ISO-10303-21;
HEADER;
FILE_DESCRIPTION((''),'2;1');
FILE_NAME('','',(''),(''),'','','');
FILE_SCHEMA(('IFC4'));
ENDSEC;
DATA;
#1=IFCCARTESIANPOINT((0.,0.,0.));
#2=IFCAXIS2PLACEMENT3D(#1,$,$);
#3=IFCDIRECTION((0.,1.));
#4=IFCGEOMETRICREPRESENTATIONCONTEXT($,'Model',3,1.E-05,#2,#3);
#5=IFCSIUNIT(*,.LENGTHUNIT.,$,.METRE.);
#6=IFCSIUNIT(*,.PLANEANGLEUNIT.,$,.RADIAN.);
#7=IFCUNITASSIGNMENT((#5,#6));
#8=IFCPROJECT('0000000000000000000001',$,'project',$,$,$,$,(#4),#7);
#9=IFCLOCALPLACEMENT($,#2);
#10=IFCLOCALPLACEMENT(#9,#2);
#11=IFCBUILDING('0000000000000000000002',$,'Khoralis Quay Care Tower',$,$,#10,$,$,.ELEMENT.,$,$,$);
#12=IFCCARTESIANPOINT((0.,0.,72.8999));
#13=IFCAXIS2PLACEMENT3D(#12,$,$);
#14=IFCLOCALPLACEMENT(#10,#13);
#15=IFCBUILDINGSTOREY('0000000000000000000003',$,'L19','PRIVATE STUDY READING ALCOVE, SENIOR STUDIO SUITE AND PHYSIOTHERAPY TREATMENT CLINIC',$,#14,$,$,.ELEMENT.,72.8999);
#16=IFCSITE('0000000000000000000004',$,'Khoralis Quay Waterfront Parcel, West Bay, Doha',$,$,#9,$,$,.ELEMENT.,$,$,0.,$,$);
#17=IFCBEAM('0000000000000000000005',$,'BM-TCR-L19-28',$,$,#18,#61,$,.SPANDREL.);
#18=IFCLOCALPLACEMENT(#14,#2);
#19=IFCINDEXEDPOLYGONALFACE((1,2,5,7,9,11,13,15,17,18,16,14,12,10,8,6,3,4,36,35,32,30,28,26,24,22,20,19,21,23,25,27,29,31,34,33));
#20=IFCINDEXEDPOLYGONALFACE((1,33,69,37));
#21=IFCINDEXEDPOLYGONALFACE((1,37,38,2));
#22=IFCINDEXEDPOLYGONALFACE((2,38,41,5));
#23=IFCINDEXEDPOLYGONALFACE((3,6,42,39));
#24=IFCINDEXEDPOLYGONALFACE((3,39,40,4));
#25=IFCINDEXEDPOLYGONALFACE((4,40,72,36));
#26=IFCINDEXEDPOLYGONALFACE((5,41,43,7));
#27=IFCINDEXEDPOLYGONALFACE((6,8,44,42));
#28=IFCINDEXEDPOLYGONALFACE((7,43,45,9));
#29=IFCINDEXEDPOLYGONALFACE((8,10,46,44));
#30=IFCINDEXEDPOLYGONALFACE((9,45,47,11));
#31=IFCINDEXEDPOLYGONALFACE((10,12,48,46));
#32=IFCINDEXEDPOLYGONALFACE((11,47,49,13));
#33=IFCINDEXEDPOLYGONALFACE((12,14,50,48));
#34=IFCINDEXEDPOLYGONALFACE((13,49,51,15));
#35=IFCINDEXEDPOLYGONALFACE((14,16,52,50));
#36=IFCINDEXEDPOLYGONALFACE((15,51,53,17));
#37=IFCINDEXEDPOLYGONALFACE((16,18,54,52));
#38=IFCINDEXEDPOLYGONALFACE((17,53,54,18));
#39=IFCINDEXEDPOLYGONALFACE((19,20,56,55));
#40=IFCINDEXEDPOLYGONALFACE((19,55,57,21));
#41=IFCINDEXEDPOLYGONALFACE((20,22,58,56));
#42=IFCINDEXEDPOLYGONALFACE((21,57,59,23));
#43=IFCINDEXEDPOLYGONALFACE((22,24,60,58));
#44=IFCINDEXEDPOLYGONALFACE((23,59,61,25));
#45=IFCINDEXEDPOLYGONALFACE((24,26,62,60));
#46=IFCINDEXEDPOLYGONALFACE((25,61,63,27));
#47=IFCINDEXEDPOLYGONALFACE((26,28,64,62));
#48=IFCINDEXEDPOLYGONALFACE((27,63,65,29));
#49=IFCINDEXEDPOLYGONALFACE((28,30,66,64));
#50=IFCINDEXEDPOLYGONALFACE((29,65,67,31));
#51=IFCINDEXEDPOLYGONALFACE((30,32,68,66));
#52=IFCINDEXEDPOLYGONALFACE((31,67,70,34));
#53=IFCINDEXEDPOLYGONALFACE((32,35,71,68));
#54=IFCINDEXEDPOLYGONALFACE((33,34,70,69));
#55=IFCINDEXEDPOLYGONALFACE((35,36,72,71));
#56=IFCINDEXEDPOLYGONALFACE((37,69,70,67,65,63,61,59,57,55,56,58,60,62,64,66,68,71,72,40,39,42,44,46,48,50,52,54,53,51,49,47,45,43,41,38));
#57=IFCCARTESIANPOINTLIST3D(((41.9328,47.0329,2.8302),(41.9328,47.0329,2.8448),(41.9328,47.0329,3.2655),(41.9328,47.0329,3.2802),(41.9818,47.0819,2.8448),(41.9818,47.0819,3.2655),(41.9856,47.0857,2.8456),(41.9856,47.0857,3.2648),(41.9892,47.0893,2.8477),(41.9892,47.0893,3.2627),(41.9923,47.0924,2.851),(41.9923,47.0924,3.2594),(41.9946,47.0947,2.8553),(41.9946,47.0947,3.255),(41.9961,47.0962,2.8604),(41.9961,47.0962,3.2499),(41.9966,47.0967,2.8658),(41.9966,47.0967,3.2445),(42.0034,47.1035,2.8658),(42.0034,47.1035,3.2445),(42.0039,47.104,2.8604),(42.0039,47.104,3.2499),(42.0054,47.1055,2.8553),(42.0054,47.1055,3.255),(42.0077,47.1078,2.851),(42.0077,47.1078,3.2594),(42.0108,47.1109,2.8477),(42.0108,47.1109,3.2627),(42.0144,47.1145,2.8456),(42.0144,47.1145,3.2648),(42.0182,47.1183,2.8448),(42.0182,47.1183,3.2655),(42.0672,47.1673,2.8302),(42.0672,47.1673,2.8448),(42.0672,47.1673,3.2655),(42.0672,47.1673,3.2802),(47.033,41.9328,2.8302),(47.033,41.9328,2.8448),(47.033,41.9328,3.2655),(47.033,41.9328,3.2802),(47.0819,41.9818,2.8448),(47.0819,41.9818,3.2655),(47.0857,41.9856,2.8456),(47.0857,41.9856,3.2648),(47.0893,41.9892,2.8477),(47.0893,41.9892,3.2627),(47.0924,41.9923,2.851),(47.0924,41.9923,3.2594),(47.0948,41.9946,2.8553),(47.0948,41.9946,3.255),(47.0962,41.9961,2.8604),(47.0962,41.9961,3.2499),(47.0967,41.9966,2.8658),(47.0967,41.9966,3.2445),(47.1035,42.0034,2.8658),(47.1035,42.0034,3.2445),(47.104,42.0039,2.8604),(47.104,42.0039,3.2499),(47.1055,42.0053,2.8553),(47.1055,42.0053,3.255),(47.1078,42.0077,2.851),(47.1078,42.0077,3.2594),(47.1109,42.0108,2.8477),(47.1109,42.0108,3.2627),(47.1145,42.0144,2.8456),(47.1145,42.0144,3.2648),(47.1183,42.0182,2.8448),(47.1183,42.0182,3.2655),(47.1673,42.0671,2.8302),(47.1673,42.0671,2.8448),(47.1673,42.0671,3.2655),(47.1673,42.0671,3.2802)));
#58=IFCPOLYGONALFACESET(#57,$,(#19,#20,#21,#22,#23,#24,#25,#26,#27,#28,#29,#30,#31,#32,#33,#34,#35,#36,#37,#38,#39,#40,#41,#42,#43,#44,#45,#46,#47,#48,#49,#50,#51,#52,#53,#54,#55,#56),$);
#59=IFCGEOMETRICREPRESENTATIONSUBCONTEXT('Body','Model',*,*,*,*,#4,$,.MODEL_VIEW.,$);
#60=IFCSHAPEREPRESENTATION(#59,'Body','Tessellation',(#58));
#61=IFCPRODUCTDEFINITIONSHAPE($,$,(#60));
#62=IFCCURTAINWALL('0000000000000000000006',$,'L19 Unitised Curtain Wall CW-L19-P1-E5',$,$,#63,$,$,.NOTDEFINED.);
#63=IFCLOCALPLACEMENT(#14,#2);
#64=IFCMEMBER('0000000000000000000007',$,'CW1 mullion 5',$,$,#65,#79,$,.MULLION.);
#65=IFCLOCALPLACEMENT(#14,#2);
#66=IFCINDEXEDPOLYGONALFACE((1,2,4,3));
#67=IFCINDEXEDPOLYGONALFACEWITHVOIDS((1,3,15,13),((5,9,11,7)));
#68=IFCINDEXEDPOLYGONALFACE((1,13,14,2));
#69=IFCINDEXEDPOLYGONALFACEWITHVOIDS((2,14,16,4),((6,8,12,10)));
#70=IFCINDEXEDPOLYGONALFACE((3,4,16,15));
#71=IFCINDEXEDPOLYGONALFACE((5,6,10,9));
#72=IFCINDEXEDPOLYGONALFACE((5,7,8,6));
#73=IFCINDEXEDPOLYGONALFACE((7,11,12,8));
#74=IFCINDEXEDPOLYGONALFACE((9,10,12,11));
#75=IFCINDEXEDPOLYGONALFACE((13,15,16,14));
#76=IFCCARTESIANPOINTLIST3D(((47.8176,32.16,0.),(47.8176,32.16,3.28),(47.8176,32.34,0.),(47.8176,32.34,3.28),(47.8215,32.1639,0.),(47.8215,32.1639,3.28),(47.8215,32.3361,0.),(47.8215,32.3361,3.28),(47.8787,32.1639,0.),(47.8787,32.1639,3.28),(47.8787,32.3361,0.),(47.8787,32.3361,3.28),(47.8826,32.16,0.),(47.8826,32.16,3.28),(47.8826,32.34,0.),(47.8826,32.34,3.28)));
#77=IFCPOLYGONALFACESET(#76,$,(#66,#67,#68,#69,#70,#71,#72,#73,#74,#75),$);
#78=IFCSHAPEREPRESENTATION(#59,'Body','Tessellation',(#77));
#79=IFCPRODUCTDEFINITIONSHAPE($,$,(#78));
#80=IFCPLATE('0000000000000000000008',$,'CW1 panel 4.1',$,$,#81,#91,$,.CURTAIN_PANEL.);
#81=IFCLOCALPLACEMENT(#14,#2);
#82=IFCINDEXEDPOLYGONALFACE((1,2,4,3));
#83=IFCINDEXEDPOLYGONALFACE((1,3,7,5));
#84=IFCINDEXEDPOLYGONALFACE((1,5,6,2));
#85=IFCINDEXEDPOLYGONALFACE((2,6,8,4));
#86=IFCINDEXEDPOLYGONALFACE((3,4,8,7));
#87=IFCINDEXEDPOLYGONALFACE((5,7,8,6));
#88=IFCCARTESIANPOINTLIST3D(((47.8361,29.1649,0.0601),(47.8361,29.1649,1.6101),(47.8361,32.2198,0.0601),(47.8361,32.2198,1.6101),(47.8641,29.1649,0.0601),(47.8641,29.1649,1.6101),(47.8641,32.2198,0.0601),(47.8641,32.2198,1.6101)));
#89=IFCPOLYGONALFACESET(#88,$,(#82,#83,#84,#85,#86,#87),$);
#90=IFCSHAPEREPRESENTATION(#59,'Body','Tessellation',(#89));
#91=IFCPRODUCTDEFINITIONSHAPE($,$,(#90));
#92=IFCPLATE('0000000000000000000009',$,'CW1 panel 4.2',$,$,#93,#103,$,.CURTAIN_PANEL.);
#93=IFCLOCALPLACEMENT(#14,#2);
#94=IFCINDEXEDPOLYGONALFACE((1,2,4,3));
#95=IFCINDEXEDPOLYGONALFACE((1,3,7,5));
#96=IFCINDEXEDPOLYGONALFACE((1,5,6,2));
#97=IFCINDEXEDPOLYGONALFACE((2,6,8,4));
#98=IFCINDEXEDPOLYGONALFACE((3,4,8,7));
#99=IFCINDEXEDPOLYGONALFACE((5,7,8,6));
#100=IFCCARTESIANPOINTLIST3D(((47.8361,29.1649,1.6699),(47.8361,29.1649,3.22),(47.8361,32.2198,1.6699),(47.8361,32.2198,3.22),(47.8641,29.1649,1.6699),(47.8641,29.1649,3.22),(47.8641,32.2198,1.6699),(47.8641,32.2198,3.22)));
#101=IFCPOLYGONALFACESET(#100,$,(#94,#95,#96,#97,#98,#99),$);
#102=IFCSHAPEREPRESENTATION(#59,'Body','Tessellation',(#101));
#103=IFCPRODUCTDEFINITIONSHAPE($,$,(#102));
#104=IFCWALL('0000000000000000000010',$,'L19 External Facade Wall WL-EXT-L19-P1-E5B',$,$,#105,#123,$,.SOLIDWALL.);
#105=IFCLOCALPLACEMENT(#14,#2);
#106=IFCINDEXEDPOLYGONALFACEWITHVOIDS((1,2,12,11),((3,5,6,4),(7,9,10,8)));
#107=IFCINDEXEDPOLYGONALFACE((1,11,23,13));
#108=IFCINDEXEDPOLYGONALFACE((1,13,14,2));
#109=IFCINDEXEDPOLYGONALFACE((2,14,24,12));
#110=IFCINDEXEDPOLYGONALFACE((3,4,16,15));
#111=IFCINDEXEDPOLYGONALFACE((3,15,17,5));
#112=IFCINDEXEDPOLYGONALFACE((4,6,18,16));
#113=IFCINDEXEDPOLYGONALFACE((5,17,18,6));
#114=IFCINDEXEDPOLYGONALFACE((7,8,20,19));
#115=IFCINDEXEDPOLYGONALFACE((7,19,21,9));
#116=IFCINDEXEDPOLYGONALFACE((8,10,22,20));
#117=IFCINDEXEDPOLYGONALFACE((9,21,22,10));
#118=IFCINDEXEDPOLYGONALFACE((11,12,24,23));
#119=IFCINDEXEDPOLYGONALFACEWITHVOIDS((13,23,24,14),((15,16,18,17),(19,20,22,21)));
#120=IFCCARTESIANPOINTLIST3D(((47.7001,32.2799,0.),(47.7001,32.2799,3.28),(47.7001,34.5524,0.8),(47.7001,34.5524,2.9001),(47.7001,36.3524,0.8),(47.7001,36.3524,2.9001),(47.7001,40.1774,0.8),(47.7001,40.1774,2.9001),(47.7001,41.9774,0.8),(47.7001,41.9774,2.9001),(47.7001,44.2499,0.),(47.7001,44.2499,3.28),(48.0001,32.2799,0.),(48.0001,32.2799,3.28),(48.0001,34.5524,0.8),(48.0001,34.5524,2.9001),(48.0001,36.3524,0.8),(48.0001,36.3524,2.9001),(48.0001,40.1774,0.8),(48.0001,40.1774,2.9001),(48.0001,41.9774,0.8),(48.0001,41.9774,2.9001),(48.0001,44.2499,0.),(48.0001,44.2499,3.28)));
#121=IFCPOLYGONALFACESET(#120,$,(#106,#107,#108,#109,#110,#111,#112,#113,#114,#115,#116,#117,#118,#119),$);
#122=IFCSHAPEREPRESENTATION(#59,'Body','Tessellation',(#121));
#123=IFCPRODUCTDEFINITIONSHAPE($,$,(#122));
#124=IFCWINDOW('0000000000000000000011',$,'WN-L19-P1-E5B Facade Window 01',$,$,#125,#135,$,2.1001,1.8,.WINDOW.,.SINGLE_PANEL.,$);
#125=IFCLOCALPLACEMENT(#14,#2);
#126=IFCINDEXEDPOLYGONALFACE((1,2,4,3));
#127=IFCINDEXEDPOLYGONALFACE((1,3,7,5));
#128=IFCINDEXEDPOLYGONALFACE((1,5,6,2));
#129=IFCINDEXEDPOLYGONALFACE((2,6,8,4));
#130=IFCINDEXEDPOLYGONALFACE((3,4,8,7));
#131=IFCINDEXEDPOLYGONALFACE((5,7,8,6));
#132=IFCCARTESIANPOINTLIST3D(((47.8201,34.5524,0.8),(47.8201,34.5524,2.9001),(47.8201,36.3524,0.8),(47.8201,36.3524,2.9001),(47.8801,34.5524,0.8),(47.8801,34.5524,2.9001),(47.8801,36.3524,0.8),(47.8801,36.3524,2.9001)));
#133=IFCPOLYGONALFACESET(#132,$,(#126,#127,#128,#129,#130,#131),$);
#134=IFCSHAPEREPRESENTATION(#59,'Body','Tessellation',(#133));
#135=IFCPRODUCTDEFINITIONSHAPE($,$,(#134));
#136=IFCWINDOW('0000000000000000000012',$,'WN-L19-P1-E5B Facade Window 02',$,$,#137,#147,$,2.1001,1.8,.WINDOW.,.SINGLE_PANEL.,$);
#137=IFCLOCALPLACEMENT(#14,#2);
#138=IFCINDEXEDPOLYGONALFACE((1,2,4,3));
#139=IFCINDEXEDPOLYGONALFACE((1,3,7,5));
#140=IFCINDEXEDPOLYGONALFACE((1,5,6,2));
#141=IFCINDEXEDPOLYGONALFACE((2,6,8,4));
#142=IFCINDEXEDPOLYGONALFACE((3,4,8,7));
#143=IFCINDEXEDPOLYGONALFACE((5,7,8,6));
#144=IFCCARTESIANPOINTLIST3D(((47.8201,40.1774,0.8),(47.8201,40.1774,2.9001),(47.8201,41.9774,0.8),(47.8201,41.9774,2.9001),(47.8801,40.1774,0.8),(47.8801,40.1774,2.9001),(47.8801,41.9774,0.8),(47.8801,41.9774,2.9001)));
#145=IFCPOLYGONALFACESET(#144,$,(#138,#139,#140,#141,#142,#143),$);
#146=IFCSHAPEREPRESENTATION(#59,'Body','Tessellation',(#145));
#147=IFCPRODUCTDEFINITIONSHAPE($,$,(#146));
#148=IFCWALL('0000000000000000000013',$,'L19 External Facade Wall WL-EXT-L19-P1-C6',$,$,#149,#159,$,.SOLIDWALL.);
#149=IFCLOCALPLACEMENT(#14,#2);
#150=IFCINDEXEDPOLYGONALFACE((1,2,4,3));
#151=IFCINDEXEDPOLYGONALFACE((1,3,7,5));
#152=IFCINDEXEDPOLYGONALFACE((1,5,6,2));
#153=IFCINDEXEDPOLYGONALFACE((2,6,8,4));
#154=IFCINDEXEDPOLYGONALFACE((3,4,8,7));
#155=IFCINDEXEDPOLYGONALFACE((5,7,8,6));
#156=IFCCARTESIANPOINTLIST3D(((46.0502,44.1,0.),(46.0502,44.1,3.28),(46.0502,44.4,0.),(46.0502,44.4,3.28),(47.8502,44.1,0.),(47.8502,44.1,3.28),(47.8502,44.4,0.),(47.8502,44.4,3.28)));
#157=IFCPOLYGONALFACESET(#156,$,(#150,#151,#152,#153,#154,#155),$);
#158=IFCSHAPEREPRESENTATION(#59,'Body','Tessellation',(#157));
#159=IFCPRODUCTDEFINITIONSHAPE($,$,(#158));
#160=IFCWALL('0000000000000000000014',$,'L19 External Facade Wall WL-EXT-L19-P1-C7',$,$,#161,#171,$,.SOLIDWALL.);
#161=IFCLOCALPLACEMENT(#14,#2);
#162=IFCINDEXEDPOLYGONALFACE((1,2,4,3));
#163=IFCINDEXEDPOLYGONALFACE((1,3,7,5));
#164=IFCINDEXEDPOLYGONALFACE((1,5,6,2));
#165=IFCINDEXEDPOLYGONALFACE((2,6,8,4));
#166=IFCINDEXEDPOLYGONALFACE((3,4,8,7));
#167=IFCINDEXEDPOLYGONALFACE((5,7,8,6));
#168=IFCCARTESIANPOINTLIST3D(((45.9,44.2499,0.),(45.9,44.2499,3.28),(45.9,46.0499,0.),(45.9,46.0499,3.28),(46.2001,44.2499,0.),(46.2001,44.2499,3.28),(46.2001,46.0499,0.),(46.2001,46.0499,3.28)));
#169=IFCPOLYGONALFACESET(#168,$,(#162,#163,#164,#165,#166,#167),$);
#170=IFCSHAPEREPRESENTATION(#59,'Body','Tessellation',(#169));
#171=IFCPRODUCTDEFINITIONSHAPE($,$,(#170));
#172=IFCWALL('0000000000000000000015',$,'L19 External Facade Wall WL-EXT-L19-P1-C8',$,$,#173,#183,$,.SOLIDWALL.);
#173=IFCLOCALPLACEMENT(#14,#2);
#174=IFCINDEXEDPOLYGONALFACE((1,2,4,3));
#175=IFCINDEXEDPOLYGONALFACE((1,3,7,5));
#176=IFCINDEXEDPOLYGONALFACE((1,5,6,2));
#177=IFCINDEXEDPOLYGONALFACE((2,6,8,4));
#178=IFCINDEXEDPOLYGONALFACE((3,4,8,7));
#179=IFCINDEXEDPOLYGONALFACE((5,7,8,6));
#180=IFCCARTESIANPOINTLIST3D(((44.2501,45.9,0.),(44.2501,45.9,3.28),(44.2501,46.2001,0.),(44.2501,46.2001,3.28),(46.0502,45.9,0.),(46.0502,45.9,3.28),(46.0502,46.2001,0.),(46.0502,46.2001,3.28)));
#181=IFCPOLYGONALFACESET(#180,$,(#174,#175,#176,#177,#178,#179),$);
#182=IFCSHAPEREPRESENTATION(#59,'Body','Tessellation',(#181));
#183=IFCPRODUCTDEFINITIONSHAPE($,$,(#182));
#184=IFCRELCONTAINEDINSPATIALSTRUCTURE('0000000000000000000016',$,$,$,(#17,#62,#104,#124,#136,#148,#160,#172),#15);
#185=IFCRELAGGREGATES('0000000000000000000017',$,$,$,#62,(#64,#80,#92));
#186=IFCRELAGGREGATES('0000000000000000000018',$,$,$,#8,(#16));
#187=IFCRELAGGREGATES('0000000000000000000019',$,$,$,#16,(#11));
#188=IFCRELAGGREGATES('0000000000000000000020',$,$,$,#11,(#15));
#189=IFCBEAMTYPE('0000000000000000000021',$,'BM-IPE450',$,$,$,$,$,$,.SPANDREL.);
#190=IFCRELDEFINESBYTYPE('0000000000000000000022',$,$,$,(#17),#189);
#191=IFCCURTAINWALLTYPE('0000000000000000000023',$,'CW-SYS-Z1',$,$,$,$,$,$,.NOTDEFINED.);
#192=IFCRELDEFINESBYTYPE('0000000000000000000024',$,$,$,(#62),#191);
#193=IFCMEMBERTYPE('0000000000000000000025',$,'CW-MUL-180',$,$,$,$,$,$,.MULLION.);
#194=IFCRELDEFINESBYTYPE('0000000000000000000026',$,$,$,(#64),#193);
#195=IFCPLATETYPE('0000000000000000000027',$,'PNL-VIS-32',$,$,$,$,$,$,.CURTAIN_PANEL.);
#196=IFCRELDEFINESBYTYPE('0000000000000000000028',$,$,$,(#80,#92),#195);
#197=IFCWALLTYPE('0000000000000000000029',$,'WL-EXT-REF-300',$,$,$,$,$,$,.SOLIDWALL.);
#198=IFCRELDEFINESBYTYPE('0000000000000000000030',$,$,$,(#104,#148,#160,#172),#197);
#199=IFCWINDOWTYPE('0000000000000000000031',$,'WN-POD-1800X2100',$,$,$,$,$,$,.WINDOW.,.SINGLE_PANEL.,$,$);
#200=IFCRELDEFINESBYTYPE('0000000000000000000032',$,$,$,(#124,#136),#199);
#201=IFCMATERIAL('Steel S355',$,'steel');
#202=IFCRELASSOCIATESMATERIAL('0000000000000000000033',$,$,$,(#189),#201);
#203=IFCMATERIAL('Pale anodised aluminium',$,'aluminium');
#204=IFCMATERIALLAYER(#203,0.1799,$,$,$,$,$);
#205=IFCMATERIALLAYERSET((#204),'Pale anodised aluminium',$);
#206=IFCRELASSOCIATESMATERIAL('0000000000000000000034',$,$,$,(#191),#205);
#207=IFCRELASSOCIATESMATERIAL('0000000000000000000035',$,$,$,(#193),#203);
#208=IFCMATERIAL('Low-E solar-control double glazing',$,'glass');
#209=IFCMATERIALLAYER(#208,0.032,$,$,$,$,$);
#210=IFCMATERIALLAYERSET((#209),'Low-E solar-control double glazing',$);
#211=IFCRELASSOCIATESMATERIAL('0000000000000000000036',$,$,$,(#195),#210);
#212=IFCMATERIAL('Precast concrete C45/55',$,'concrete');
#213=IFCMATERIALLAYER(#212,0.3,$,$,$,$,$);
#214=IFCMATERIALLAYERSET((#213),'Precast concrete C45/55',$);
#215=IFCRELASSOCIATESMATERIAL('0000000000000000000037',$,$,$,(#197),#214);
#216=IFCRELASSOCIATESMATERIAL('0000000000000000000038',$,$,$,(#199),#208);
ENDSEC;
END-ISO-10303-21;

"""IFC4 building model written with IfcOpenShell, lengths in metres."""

from ifc_helpers import new_model, si_unit, direction, frame, frame_2d, origin, origin_2d, place, context, subcontext, project, spatial, rectangle, hollow_rectangle, i_section, extrude, source, transform, mapped, material, layer, layer_set, material_profile, profile_set, type_object, element, fill, aggregate, save


model = new_model("IFC4")

# Units and contexts
model_context = context("Model", 3, precision=1e-05, world=origin(), true_north=direction((0.0, 1.0)))
body_context = subcontext(model_context, "Body", "Model", "MODEL_VIEW")
ifc_project = project(units=[si_unit("LENGTHUNIT", "METRE"), si_unit("PLANEANGLEUNIT", "RADIAN")], contexts=[model_context])

# Site, building, storey
site_placement = place(None, origin())
site = spatial("IfcSite", under=ifc_project, at=site_placement, Name="Khoralis Quay Waterfront Parcel, West Bay, Doha", CompositionType="ELEMENT", RefElevation=0.0)
building_placement = place(site_placement, origin())
building = spatial("IfcBuilding", under=site, at=building_placement, Name="Khoralis Quay Care Tower", CompositionType="ELEMENT")
storey_placement = place(building_placement, frame((0.0, 0.0, 72.8999)))
storey = spatial("IfcBuildingStorey", under=building, at=storey_placement, Name="L19", Description="PRIVATE STUDY READING ALCOVE, SENIOR STUDIO SUITE AND PHYSIOTHERAPY TREATMENT CLINIC", CompositionType="ELEMENT", Elevation=72.8999)

# Beam
ifc_material_1 = material(Name="Steel S355", Category="steel")
ifc_material_profile_1 = material_profile(ifc_material_1, i_section(OverallWidth=0.1899, OverallDepth=0.45, WebThickness=0.0095, FlangeThickness=0.0146, FilletRadius=0.021, at=origin_2d()), Name="Steel S355")
ifc_profile_set_1 = profile_set([ifc_material_profile_1], Name="Steel S355")
beam_type = type_object("IfcBeamType", Name="BM-IPE450", PredefinedType="SPANDREL", material=ifc_profile_set_1)
shared_shape_1 = source(origin(), body_context, "Body", "SweptSolid", [
    extrude(i_section(OverallWidth=0.1899, OverallDepth=0.45, WebThickness=0.0095, FlangeThickness=0.0146, FilletRadius=0.021, at=origin_2d()), origin(), (0.0, 0.0, 1.0), 7.2126),
])
beam_placement = place(storey_placement, frame((42.0, 47.1001, 3.0552), z_axis=(0.707107, -0.707107, 0.0), x_axis=(0.707107, 0.707107, 0.0)))
element("IfcBeam", 1, at=beam_placement, inside=storey, type_object=beam_type, Name="BM-TCR-L19-28", PredefinedType="SPANDREL", context=body_context, shape_type="MappedRepresentation", body=[
    mapped(shared_shape_1, transform((0.0, 0.0, 0.0), scale=1.0)),
])

# Curtain wall, member, plates
ifc_material_2 = material(Name="Pale anodised aluminium", Category="aluminium")
ifc_layer_1 = layer(ifc_material_2, 0.1799)
ifc_layer_set_1 = layer_set([ifc_layer_1], Name="Pale anodised aluminium")
curtain_wall_type = type_object("IfcCurtainWallType", Name="CW-SYS-Z1", PredefinedType="NOTDEFINED", material=ifc_layer_set_1)
curtain_wall_placement = place(storey_placement, origin())
curtain_wall = element("IfcCurtainWall", 2, at=curtain_wall_placement, inside=storey, type_object=curtain_wall_type, Name="L19 Unitised Curtain Wall CW-L19-P1-E5", PredefinedType="NOTDEFINED")
ifc_material_profile_2 = material_profile(ifc_material_2, hollow_rectangle(XDim=0.0649, YDim=0.1799, WallThickness=0.0039, at=origin_2d()), Name="Pale anodised aluminium")
ifc_profile_set_2 = profile_set([ifc_material_profile_2], Name="Pale anodised aluminium")
member_type = type_object("IfcMemberType", Name="CW-MUL-180", PredefinedType="MULLION", material=ifc_profile_set_2)
shared_shape_2 = source(origin(), body_context, "Body", "SweptSolid", [
    extrude(hollow_rectangle(XDim=0.0649, YDim=0.1799, WallThickness=0.0039, at=origin_2d()), origin(), (0.0, 0.0, 1.0), 3.28),
])
member_placement = place(storey_placement, frame((47.8501, 32.25, 0.0), z_axis=(0.0, 0.0, 1.0), x_axis=(-1.0, 0.0, 0.0)))
member = element("IfcMember", 3, at=member_placement, type_object=member_type, Name="CW1 mullion 5", PredefinedType="MULLION", context=body_context, shape_type="MappedRepresentation", body=[
    mapped(shared_shape_2, transform((0.0, 0.0, 0.0), scale=1.0)),
])
ifc_material_3 = material(Name="Low-E solar-control double glazing", Category="glass")
ifc_layer_2 = layer(ifc_material_3, 0.032)
ifc_layer_set_2 = layer_set([ifc_layer_2], Name="Low-E solar-control double glazing")
plate_type = type_object("IfcPlateType", Name="PNL-VIS-32", PredefinedType="CURTAIN_PANEL", material=ifc_layer_set_2)
shared_shape_3 = source(origin(), body_context, "Body", "SweptSolid", [
    extrude(rectangle(XDim=3.0549, YDim=0.0281, at=origin_2d()), origin(), (0.0, 0.0, 1.0), 1.55),
])
plate_1_placement = place(storey_placement, frame((47.8501, 30.6924, 0.0601), z_axis=(0.0, 0.0, 1.0), x_axis=(0.0, 1.0, 0.0)))
plate_1 = element("IfcPlate", 4, at=plate_1_placement, type_object=plate_type, Name="CW1 panel 4.1", PredefinedType="CURTAIN_PANEL", context=body_context, shape_type="MappedRepresentation", body=[
    mapped(shared_shape_3, transform((0.0, 0.0, 0.0), scale=1.0)),
])
plate_2_placement = place(storey_placement, frame((47.8501, 30.6924, 1.6699), z_axis=(0.0, 0.0, 1.0), x_axis=(0.0, 1.0, 0.0)))
plate_2 = element("IfcPlate", 5, at=plate_2_placement, type_object=plate_type, Name="CW1 panel 4.2", PredefinedType="CURTAIN_PANEL", context=body_context, shape_type="MappedRepresentation", body=[
    mapped(shared_shape_3, transform((0.0, 0.0, 0.0), scale=1.0)),
])
aggregate(curtain_wall, [member, plate_1, plate_2])

# Wall, openings, windows
ifc_material_4 = material(Name="Precast concrete C45/55", Category="concrete")
ifc_layer_3 = layer(ifc_material_4, 0.3)
ifc_layer_set_3 = layer_set([ifc_layer_3], Name="Precast concrete C45/55")
wall_type_1 = type_object("IfcWallType", Name="WL-EXT-REF-300", PredefinedType="SOLIDWALL", material=ifc_layer_set_3)
wall_1_placement = place(storey_placement, frame((47.8501, 32.28, 0.0), z_axis=(0.0, 0.0, 1.0), x_axis=(0.0, 1.0, 0.0)))
wall_1 = element("IfcWall", 6, at=wall_1_placement, inside=storey, type_object=wall_type_1, Name="L19 External Facade Wall WL-EXT-L19-P1-E5B", PredefinedType="SOLIDWALL", context=body_context, shape_type="SweptSolid", body=[
    extrude(rectangle(XDim=11.97, YDim=0.3, at=frame_2d((5.9849, 0.0))), origin(), (0.0, 0.0, 1.0), 3.28),
])
opening_1_placement = place(wall_1_placement, frame((2.2725, 0.0, 0.8)))
opening_1 = element("IfcOpeningElement", 7, at=opening_1_placement, cuts=wall_1, PredefinedType="OPENING", context=body_context, shape_type="SweptSolid", body=[
    extrude(rectangle(XDim=1.8, YDim=2.1001, at=frame_2d((0.8999, 1.05))), frame((0.0, 0.1602, 0.0), z_axis=(0.0, -1.0, 0.0), x_axis=(1.0, 0.0, 0.0)), (0.0, 0.0, 1.0), 0.3201),
])
opening_2_placement = place(wall_1_placement, frame((7.8975, 0.0, 0.8)))
opening_2 = element("IfcOpeningElement", 8, at=opening_2_placement, cuts=wall_1, PredefinedType="OPENING", context=body_context, shape_type="SweptSolid", body=[
    extrude(rectangle(XDim=1.8, YDim=2.1001, at=frame_2d((0.8999, 1.05))), frame((0.0, 0.1602, 0.0), z_axis=(0.0, -1.0, 0.0), x_axis=(1.0, 0.0, 0.0)), (0.0, 0.0, 1.0), 0.3201),
])
window_type = type_object("IfcWindowType", Name="WN-POD-1800X2100", PartitioningType="SINGLE_PANEL", PredefinedType="WINDOW", material=ifc_material_3)
shared_shape_4 = source(origin(), body_context, "Body", "SweptSolid", [
    extrude(rectangle(XDim=1.8, YDim=2.1001, at=frame_2d((0.8999, 1.05))), frame((0.0, 0.03, 0.0), z_axis=(0.0, -1.0, 0.0), x_axis=(1.0, 0.0, 0.0)), (0.0, 0.0, 1.0), 0.0601),
])
window_1_placement = place(opening_1_placement, origin())
window_1 = element("IfcWindow", 9, at=window_1_placement, inside=storey, type_object=window_type, Name="WN-L19-P1-E5B Facade Window 01", OverallHeight=2.1001, OverallWidth=1.8, PartitioningType="SINGLE_PANEL", PredefinedType="WINDOW", context=body_context, shape_type="MappedRepresentation", body=[
    mapped(shared_shape_4, transform((0.0, 0.0, 0.0), scale=1.0)),
])
fill(opening_1, window_1)
window_2_placement = place(opening_2_placement, origin())
window_2 = element("IfcWindow", 10, at=window_2_placement, inside=storey, type_object=window_type, Name="WN-L19-P1-E5B Facade Window 02", OverallHeight=2.1001, OverallWidth=1.8, PartitioningType="SINGLE_PANEL", PredefinedType="WINDOW", context=body_context, shape_type="MappedRepresentation", body=[
    mapped(shared_shape_4, transform((0.0, 0.0, 0.0), scale=1.0)),
])
fill(opening_2, window_2)

# Walls
for number, where, z_axis, x_axis, name in (
    (11, (47.8501, 44.25, 0.0), (0.0, 0.0, 1.0), (-1.0, 0.0, 0.0), "L19 External Facade Wall WL-EXT-L19-P1-C6"),
    (12, (46.05, 44.25, 0.0), (0.0, 0.0, 1.0), (0.0, 1.0, 0.0), "L19 External Facade Wall WL-EXT-L19-P1-C7"),
    (13, (46.05, 46.05, 0.0), (0.0, 0.0, 1.0), (-1.0, 0.0, 0.0), "L19 External Facade Wall WL-EXT-L19-P1-C8"),
):
    element("IfcWall", number, at=place(storey_placement, frame(where, z_axis=z_axis, x_axis=x_axis)), inside=storey, type_object=wall_type_1, Name=name, PredefinedType="SOLIDWALL", context=body_context, shape_type="SweptSolid", body=[
        extrude(rectangle(XDim=1.8, YDim=0.3, at=frame_2d((0.8999, 0.0))), origin(), (0.0, 0.0, 1.0), 3.28),
    ])

save(model, "model.ifc")
